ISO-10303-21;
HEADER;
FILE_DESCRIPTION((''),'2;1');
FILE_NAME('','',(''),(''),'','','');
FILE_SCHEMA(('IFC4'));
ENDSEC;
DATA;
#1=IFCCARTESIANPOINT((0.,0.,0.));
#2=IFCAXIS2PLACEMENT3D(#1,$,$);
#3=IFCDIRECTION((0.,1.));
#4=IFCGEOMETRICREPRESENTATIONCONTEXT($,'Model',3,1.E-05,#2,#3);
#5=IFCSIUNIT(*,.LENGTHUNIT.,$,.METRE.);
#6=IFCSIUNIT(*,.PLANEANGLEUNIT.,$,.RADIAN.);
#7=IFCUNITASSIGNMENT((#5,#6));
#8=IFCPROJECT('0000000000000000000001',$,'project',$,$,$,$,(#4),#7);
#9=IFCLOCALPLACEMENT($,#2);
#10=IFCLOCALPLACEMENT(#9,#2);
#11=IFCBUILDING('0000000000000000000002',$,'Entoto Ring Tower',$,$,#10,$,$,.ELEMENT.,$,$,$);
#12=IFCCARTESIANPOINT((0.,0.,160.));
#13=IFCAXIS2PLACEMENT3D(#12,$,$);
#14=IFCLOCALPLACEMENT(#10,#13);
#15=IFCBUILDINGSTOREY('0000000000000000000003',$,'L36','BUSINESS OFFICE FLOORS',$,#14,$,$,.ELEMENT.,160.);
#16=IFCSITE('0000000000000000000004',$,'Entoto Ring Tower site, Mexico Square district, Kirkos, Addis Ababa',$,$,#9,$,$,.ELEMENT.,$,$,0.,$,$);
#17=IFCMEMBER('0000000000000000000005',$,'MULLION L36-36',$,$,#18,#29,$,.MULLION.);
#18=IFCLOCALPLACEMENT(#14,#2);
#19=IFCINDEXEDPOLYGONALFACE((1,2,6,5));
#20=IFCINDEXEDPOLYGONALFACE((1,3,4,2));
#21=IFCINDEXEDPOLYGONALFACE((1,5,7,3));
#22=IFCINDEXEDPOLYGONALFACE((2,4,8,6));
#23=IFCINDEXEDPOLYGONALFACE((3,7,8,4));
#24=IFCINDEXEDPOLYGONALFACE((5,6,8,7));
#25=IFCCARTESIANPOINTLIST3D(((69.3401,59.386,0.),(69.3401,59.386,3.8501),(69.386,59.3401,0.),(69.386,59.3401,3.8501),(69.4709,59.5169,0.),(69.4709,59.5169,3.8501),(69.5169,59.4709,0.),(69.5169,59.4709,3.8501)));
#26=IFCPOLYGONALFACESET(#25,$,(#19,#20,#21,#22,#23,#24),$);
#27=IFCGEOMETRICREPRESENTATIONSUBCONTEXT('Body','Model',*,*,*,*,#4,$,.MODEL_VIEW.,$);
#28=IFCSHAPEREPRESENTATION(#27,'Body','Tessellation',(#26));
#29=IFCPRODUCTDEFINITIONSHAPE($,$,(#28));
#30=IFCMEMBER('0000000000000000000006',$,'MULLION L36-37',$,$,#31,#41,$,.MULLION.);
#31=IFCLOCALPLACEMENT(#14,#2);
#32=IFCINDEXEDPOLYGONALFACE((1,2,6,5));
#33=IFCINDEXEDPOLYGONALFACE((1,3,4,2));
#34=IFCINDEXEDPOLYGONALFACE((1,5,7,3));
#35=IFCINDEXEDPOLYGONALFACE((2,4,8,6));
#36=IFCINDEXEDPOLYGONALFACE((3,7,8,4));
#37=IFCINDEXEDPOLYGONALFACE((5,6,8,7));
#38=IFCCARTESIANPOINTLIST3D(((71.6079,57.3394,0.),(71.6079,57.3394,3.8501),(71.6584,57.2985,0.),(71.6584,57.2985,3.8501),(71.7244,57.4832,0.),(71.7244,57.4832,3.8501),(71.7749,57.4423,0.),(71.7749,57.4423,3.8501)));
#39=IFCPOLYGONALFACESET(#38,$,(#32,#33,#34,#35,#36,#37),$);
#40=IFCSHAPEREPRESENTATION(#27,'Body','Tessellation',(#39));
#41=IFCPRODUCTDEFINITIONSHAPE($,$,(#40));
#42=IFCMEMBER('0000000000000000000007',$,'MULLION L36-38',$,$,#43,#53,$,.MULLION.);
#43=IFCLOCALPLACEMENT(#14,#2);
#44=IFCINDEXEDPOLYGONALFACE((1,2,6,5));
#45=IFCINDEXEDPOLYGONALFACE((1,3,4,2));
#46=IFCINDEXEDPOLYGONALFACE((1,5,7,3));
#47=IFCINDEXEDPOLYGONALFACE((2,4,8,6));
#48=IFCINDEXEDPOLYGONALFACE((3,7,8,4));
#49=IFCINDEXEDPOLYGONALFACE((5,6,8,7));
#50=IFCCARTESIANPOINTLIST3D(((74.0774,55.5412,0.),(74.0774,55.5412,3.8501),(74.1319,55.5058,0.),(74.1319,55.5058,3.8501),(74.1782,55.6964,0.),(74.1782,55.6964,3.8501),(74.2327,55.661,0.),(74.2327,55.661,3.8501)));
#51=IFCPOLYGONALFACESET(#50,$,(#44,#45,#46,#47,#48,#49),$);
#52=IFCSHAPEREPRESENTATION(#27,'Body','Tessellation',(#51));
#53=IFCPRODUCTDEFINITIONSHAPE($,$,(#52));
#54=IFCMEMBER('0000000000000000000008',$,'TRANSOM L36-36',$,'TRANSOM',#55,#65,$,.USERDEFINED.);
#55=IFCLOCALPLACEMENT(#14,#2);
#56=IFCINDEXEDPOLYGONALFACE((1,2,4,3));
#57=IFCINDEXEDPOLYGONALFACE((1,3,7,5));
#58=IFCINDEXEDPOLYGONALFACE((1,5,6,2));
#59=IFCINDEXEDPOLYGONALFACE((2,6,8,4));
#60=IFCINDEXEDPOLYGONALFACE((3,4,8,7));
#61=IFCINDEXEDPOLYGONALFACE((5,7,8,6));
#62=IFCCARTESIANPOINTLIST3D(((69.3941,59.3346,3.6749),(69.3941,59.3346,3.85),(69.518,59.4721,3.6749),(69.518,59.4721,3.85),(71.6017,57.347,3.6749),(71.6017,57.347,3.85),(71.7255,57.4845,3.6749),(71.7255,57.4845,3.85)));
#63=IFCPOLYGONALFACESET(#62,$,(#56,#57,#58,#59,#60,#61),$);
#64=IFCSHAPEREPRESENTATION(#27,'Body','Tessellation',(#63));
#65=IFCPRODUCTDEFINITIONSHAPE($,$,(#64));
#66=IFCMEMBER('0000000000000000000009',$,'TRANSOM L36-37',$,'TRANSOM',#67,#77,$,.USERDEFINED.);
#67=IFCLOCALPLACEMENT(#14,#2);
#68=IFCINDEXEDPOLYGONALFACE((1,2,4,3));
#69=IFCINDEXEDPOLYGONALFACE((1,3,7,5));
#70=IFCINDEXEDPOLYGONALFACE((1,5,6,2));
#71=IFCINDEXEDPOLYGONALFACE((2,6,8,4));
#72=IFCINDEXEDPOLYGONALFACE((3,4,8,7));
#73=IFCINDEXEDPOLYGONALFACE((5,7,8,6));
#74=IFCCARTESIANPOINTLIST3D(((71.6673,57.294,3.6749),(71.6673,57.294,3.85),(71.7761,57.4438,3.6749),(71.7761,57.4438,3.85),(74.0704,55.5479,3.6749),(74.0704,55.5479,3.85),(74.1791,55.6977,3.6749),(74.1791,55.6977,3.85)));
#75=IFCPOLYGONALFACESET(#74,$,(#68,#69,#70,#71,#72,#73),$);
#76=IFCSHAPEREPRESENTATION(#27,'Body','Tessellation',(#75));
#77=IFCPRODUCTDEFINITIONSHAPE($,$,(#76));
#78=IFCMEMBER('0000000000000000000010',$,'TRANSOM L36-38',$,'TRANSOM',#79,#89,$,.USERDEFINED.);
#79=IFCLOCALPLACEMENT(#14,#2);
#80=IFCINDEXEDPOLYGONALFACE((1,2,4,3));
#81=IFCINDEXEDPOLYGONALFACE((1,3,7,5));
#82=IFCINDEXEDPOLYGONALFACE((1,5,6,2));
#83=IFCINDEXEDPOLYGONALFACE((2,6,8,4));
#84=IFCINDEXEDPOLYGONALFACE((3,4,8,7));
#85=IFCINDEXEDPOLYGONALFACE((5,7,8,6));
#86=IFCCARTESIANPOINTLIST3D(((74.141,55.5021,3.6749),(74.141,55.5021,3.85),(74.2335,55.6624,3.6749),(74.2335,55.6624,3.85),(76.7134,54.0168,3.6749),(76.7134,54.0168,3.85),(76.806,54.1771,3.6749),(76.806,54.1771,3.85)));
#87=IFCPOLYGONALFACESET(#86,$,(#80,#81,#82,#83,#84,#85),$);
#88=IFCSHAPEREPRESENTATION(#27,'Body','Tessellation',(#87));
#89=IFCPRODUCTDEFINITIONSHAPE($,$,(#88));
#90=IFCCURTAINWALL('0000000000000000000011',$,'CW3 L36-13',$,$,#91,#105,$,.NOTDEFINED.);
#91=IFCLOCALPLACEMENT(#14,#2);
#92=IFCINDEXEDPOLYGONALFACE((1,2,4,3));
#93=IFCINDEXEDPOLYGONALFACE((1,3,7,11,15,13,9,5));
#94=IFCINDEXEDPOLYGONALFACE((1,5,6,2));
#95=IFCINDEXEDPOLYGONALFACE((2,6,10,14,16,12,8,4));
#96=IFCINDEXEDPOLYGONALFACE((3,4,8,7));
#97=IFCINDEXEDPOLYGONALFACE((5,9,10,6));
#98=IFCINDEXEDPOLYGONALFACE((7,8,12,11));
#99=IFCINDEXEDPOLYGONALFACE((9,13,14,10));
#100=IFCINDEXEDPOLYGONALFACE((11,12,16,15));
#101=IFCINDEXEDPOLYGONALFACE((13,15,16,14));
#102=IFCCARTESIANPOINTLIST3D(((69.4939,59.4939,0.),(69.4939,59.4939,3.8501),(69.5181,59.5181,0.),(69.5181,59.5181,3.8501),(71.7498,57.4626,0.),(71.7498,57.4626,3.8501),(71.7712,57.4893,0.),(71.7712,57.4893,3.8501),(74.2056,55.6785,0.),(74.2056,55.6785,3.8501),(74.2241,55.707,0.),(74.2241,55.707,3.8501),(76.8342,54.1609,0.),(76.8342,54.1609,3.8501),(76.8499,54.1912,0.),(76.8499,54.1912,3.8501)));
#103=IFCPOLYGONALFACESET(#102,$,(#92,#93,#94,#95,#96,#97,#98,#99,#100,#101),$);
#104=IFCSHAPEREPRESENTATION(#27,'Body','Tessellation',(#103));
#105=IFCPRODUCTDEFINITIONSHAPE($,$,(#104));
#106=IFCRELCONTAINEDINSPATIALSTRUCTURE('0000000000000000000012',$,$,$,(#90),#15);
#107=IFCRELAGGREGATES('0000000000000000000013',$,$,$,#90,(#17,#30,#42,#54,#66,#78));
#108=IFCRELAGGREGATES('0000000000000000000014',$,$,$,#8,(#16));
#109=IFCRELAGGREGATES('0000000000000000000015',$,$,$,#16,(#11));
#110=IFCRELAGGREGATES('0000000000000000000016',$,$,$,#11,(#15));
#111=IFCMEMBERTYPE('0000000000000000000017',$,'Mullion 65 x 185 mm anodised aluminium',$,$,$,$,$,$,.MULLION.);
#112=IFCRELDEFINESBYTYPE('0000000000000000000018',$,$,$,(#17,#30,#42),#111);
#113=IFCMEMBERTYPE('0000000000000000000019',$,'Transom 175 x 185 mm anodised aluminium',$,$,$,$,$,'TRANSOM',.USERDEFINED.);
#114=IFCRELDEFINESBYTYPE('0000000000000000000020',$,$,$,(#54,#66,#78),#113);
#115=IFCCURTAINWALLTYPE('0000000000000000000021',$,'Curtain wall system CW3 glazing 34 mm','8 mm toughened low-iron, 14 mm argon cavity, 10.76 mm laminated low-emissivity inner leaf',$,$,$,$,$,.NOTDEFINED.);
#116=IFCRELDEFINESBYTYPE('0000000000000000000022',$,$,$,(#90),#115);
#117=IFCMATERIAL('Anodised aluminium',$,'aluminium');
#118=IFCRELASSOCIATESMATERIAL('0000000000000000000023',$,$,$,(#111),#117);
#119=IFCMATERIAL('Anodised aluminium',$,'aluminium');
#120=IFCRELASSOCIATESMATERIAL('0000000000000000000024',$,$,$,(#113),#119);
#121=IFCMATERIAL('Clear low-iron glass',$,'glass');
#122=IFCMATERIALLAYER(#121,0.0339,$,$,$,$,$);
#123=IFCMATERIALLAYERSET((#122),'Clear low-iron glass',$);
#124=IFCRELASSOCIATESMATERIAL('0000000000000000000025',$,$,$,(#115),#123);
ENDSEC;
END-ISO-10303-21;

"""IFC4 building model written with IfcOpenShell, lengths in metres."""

from ifc_helpers import new_model, si_unit, direction, frame, origin, origin_2d, place, context, subcontext, project, spatial, polyline, rectangle, outline, extrude, material, layer, layer_set, material_profile, profile_set, type_object, element, aggregate, save


model = new_model("IFC4")

# Units and contexts
model_context = context("Model", 3, precision=1e-05, world=origin(), true_north=direction((0.0, 1.0)))
body_context = subcontext(model_context, "Body", "Model", "MODEL_VIEW")
ifc_project = project(units=[si_unit("LENGTHUNIT", "METRE"), si_unit("PLANEANGLEUNIT", "RADIAN")], contexts=[model_context])

# Members
ifc_material_1 = material(Name="Anodised aluminium", Category="aluminium")
ifc_material_profile_1 = material_profile(ifc_material_1, rectangle(XDim=0.0649, YDim=0.1851, at=origin_2d()), Name="Mullion 65 x 185 mm anodised aluminium")
ifc_profile_set_1 = profile_set([ifc_material_profile_1], Name="Anodised aluminium")
member_type_1 = type_object("IfcMemberType", Name="Mullion 65 x 185 mm anodised aluminium", PredefinedType="MULLION", material=ifc_profile_set_1)
site_placement = place(None, origin())
building_placement = place(site_placement, origin())
storey_placement = place(building_placement, frame((0.0, 0.0, 160.0)))
member_1_placement = place(storey_placement, frame((69.4285, 59.4285, 0.0), z_axis=(0.0, 0.0, 1.0), x_axis=(0.707107, -0.707107, 0.0)))
member_1 = element("IfcMember", 1, at=member_1_placement, type_object=member_type_1, Name="MULLION L36-36", PredefinedType="MULLION", context=body_context, shape_type="SweptSolid", body=[
    extrude(rectangle(XDim=0.0649, YDim=0.1851, at=origin_2d()), origin(), (0.0, 0.0, 1.0), 3.8501),
])
member_2_placement = place(storey_placement, frame((71.6914, 57.3909, 0.0), z_axis=(0.0, 0.0, 1.0), x_axis=(0.777146, -0.62932, 0.0)))
member_2 = element("IfcMember", 2, at=member_2_placement, type_object=member_type_1, Name="MULLION L36-37", PredefinedType="MULLION", context=body_context, shape_type="SweptSolid", body=[
    extrude(rectangle(XDim=0.0649, YDim=0.1851, at=origin_2d()), origin(), (0.0, 0.0, 1.0), 3.8501),
])
member_3_placement = place(storey_placement, frame((74.155, 55.6011, 0.0), z_axis=(0.0, 0.0, 1.0), x_axis=(0.838671, -0.544639, 0.0)))
member_3 = element("IfcMember", 3, at=member_3_placement, type_object=member_type_1, Name="MULLION L36-38", PredefinedType="MULLION", context=body_context, shape_type="SweptSolid", body=[
    extrude(rectangle(XDim=0.0649, YDim=0.1851, at=origin_2d()), origin(), (0.0, 0.0, 1.0), 3.8501),
])
ifc_material_2 = material(Name="Anodised aluminium", Category="aluminium")
ifc_material_profile_2 = material_profile(ifc_material_2, rectangle(XDim=0.1851, YDim=0.175, at=origin_2d()), Name="Transom 175 x 185 mm anodised aluminium")
ifc_profile_set_2 = profile_set([ifc_material_profile_2], Name="Anodised aluminium")
member_type_2 = type_object("IfcMemberType", Name="Transom 175 x 185 mm anodised aluminium", ElementType="TRANSOM", PredefinedType="USERDEFINED", material=ifc_profile_set_2)
member_4_placement = place(storey_placement, frame((69.4561, 59.4033, 3.7625), z_axis=(0.743163, -0.66911, 0.0), x_axis=(0.66911, 0.743163, 0.0)))
member_4 = element("IfcMember", 4, at=member_4_placement, type_object=member_type_2, Name="TRANSOM L36-36", ObjectType="TRANSOM", PredefinedType="USERDEFINED", context=body_context, shape_type="SweptSolid", body=[
    extrude(rectangle(XDim=0.1851, YDim=0.175, at=origin_2d()), origin(), (0.0, 0.0, 1.0), 2.9705),
])
member_5_placement = place(storey_placement, frame((71.7217, 57.3689, 3.7625), z_axis=(0.808992, -0.58782, 0.0), x_axis=(0.58782, 0.808992, 0.0)))
member_5 = element("IfcMember", 5, at=member_5_placement, type_object=member_type_2, Name="TRANSOM L36-37", ObjectType="TRANSOM", PredefinedType="USERDEFINED", context=body_context, shape_type="SweptSolid", body=[
    extrude(rectangle(XDim=0.1851, YDim=0.175, at=origin_2d()), origin(), (0.0, 0.0, 1.0), 2.9705),
])
member_6_placement = place(storey_placement, frame((74.1873, 55.5823, 3.7625), z_axis=(0.866009, -0.500028, 0.0), x_axis=(0.500028, 0.866009, 0.0)))
member_6 = element("IfcMember", 6, at=member_6_placement, type_object=member_type_2, Name="TRANSOM L36-38", ObjectType="TRANSOM", PredefinedType="USERDEFINED", context=body_context, shape_type="SweptSolid", body=[
    extrude(rectangle(XDim=0.1851, YDim=0.175, at=origin_2d()), origin(), (0.0, 0.0, 1.0), 2.9705),
])

# Site, building, storey
site = spatial("IfcSite", under=ifc_project, at=site_placement, Name="Entoto Ring Tower site, Mexico Square district, Kirkos, Addis Ababa", CompositionType="ELEMENT", RefElevation=0.0)
building = spatial("IfcBuilding", under=site, at=building_placement, Name="Entoto Ring Tower", CompositionType="ELEMENT")
storey = spatial("IfcBuildingStorey", under=building, at=storey_placement, Name="L36", Description="BUSINESS OFFICE FLOORS", CompositionType="ELEMENT", Elevation=160.0)

# Curtain wall
ifc_material_3 = material(Name="Clear low-iron glass", Category="glass")
ifc_layer = layer(ifc_material_3, 0.0339)
ifc_layer_set = layer_set([ifc_layer], Name="Clear low-iron glass")
curtain_wall_type = type_object("IfcCurtainWallType", Name="Curtain wall system CW3 glazing 34 mm", Description="8 mm toughened low-iron, 14 mm argon cavity, 10.76 mm laminated low-emissivity inner leaf", PredefinedType="NOTDEFINED", material=ifc_layer_set)
curtain_wall_1_placement = place(storey_placement, origin())
curtain_wall_1 = element("IfcCurtainWall", 7, at=curtain_wall_1_placement, inside=storey, type_object=curtain_wall_type, Name="CW3 L36-13", PredefinedType="NOTDEFINED", context=body_context, shape_type="SweptSolid", body=[
    extrude(outline(polyline([(69.4939, 59.4939), (71.7498, 57.4626), (74.2056, 55.6785), (76.8342, 54.1609), (76.8499, 54.1912), (74.2241, 55.707), (71.7712, 57.4893), (69.5181, 59.5181), (69.4939, 59.4939)])), origin(), (0.0, 0.0, 1.0), 3.8501),
])
aggregate(curtain_wall_1, [member_1, member_2, member_3, member_4, member_5, member_6])

save(model, "model.ifc")
